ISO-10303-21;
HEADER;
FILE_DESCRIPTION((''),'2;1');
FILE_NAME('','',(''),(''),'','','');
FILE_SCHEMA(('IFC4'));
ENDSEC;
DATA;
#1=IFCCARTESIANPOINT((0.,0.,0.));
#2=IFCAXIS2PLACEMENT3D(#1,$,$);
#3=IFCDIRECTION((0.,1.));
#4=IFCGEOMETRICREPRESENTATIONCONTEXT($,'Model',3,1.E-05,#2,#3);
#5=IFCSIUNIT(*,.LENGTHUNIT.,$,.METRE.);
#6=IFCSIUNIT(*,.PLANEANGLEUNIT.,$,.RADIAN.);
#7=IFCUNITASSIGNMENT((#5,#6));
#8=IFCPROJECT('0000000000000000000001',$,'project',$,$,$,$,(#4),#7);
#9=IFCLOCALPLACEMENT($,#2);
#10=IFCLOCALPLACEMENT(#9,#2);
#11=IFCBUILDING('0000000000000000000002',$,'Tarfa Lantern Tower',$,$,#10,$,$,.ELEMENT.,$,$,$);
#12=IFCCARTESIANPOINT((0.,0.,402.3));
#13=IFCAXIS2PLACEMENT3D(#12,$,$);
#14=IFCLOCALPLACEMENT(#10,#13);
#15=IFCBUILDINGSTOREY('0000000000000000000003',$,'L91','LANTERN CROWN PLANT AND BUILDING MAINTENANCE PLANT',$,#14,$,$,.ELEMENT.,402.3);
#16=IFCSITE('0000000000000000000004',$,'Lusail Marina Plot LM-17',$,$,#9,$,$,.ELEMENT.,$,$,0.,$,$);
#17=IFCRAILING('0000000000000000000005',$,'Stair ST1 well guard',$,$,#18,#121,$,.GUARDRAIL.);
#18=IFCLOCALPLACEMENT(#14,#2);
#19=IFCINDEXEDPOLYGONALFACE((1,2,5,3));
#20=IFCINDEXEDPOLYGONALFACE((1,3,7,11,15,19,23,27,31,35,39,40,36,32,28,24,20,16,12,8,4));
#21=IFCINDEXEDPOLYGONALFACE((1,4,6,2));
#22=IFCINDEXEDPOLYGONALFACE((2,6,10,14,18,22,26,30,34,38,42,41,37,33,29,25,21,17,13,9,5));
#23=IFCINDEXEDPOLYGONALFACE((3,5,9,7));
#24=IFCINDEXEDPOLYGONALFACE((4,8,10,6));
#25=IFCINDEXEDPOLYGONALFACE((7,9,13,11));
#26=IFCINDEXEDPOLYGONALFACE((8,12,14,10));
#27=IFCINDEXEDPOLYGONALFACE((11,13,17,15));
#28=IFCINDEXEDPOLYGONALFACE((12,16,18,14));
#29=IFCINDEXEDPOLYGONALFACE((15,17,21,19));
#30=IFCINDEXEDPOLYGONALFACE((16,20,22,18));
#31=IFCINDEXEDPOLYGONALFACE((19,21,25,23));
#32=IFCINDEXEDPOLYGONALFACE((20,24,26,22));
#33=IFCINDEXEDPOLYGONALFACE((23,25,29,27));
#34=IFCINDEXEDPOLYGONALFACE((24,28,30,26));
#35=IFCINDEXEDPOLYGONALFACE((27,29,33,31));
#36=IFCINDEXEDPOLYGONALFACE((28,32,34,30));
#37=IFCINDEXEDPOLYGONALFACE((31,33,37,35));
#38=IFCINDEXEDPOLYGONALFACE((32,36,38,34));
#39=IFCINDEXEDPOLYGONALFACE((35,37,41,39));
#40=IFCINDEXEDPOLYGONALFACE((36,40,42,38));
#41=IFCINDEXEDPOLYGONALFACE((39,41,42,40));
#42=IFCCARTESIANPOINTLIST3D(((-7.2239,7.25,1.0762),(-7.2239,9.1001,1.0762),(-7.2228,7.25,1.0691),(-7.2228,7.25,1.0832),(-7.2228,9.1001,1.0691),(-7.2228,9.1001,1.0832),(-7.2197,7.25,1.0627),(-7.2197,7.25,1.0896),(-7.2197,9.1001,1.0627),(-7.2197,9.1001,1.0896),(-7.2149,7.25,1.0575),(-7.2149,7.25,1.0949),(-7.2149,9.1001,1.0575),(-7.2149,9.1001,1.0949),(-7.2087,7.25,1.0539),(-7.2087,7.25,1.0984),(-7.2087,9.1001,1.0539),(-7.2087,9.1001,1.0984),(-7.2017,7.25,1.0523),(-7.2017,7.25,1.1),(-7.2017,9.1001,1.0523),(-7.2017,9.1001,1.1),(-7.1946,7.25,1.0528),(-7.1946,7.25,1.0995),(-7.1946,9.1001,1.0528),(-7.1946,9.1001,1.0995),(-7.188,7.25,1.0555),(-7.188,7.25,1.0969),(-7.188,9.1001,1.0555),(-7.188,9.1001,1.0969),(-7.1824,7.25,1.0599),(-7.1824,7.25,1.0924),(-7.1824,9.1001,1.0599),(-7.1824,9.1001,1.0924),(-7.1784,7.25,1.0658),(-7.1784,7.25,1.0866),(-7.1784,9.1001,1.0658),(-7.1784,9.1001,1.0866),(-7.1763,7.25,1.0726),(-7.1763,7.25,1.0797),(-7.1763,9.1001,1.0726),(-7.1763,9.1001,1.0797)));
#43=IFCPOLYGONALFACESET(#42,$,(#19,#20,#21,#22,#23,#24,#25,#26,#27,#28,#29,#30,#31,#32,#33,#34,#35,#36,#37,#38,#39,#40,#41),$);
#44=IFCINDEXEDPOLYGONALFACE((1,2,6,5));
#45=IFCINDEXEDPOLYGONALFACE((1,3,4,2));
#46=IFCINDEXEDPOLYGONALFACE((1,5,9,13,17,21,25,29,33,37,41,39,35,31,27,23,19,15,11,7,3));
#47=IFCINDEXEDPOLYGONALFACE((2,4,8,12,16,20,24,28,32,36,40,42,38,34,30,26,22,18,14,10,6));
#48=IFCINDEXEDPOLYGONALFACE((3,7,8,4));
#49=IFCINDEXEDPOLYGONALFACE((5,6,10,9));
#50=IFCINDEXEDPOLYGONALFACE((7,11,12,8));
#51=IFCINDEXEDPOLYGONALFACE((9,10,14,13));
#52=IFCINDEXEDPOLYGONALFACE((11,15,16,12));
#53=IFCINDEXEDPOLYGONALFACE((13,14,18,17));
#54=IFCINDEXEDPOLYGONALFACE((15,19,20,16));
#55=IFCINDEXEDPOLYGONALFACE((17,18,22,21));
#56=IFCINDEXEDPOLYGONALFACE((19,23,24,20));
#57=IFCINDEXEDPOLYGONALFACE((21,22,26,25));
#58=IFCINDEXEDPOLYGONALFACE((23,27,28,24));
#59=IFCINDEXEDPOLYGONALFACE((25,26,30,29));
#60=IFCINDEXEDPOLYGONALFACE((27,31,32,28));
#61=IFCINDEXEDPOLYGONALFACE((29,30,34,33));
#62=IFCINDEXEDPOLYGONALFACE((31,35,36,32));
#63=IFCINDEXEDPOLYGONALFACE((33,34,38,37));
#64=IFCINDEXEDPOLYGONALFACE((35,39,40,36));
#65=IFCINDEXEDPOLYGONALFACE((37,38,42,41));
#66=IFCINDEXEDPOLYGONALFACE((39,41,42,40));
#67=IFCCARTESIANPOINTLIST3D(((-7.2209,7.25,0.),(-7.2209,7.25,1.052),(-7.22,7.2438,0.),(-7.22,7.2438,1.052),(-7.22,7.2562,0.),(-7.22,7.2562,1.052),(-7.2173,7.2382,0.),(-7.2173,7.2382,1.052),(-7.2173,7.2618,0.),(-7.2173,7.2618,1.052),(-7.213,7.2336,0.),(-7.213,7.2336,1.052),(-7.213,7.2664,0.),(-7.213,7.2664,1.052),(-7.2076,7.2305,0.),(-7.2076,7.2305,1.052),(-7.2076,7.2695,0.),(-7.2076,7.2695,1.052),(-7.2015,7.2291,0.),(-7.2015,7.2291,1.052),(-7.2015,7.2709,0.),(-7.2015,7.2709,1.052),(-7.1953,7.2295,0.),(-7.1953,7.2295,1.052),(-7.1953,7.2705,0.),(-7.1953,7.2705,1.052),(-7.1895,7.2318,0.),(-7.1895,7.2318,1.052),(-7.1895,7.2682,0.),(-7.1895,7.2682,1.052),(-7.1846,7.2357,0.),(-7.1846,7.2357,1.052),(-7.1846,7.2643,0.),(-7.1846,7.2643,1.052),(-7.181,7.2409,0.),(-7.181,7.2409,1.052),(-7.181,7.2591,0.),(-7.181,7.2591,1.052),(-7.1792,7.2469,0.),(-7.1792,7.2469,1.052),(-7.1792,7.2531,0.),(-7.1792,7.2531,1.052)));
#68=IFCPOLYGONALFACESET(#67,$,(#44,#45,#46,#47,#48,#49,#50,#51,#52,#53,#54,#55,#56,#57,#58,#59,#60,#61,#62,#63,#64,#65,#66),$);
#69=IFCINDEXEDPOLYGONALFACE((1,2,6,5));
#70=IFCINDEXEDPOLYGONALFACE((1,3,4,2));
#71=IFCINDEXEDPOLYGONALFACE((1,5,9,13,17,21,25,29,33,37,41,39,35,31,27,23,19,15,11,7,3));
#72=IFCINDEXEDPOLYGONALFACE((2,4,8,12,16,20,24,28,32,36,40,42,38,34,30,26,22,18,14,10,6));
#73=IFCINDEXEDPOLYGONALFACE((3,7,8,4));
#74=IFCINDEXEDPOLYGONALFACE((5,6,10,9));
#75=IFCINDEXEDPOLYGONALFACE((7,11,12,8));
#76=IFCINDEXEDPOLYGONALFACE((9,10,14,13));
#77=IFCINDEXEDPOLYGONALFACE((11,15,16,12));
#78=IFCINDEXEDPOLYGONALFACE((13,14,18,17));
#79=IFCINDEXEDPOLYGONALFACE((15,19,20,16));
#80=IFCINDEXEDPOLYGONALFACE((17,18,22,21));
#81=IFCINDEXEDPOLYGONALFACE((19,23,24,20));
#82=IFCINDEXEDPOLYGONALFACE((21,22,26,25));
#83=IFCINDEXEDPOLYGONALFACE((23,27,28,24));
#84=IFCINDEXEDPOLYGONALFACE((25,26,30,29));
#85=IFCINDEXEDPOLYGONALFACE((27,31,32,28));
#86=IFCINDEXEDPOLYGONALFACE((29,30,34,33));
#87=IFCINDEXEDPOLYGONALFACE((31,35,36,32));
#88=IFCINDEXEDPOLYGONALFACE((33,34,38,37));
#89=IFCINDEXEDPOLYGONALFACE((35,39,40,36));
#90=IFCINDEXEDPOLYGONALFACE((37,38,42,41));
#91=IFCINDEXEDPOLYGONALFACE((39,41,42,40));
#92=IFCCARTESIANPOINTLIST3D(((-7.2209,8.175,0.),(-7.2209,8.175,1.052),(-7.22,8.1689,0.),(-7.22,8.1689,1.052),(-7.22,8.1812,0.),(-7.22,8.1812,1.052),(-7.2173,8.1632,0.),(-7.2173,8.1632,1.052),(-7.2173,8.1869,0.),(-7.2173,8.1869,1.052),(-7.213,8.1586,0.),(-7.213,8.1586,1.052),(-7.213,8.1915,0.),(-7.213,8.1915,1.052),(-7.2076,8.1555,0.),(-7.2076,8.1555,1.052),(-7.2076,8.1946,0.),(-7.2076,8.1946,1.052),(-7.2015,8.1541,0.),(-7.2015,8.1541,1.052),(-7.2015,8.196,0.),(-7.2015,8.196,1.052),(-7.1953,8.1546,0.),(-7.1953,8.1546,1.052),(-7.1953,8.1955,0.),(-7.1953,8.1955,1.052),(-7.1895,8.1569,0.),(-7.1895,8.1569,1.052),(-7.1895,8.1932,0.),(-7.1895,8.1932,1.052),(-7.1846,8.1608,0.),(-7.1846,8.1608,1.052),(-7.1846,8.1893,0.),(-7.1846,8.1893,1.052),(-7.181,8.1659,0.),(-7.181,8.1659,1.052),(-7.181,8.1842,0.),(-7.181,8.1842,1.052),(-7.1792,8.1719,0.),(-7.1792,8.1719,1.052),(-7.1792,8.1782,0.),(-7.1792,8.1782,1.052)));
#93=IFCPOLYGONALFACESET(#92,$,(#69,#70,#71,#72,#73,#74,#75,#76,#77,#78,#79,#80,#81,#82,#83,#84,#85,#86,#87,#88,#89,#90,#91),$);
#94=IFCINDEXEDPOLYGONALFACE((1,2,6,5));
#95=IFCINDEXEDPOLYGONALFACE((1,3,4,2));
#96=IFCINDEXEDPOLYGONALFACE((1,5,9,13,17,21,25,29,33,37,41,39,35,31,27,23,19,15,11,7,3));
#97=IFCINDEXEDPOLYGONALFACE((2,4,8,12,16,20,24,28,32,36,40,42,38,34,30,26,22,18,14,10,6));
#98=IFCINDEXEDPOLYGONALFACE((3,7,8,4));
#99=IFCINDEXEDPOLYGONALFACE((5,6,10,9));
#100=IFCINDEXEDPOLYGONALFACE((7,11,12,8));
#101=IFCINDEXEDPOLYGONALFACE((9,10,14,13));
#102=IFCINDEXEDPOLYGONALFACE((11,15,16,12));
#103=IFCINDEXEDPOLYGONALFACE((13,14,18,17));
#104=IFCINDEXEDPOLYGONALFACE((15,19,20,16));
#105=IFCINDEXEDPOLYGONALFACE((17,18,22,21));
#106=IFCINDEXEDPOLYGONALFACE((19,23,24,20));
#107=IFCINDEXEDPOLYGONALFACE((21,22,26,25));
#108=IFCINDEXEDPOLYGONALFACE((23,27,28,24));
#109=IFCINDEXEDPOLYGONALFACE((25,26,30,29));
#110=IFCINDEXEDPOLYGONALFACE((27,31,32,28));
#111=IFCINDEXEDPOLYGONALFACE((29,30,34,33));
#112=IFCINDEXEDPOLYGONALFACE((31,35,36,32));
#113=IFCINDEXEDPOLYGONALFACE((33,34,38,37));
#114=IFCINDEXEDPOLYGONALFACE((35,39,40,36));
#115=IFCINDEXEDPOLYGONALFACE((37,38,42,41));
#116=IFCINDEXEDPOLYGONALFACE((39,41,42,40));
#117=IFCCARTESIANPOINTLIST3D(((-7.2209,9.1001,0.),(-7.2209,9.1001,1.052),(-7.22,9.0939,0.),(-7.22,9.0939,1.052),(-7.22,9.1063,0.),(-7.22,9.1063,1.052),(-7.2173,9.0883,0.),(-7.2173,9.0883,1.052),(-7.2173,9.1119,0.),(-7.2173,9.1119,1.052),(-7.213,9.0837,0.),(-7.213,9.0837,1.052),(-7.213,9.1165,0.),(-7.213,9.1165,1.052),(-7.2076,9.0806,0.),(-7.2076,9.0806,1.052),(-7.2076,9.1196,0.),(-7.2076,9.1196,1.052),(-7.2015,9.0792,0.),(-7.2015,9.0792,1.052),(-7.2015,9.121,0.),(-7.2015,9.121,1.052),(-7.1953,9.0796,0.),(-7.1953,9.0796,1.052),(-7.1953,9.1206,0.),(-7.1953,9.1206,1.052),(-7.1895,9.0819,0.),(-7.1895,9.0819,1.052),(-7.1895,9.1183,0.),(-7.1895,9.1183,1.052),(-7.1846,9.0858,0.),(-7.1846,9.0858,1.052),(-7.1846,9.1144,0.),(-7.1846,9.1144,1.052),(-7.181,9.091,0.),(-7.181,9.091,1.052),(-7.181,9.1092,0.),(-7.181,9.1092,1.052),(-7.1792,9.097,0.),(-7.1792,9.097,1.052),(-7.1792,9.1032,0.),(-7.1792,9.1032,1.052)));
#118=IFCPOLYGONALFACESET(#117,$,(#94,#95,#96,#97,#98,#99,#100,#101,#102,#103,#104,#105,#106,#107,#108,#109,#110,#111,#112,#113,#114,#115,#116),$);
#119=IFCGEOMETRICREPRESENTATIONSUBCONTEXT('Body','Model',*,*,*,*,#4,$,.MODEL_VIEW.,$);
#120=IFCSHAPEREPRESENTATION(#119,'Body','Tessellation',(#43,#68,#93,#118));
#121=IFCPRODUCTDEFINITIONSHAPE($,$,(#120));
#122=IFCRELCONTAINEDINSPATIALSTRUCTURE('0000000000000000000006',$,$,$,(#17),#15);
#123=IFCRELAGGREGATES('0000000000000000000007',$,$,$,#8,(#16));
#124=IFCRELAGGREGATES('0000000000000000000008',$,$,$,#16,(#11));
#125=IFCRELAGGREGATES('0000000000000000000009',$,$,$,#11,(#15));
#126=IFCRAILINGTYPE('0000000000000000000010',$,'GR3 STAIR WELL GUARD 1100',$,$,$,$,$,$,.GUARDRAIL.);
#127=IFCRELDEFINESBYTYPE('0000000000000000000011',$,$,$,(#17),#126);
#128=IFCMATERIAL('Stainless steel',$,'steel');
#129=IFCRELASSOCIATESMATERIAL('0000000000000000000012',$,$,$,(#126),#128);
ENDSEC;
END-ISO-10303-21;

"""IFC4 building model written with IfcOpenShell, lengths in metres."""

from ifc_helpers import new_model, si_unit, direction, frame, origin, origin_2d, place, context, subcontext, project, spatial, circle, extrude, material, type_object, element, save


model = new_model("IFC4")

# Units and contexts
model_context = context("Model", 3, precision=1e-05, world=origin(), true_north=direction((0.0, 1.0)))
body_context = subcontext(model_context, "Body", "Model", "MODEL_VIEW")
ifc_project = project(units=[si_unit("LENGTHUNIT", "METRE"), si_unit("PLANEANGLEUNIT", "RADIAN")], contexts=[model_context])

# Site, building, storey
site_placement = place(None, origin())
site = spatial("IfcSite", under=ifc_project, at=site_placement, Name="Lusail Marina Plot LM-17", CompositionType="ELEMENT", RefElevation=0.0)
building_placement = place(site_placement, origin())
building = spatial("IfcBuilding", under=site, at=building_placement, Name="Tarfa Lantern Tower", CompositionType="ELEMENT")
storey_placement = place(building_placement, frame((0.0, 0.0, 402.3)))
storey = spatial("IfcBuildingStorey", under=building, at=storey_placement, Name="L91", Description="LANTERN CROWN PLANT AND BUILDING MAINTENANCE PLANT", CompositionType="ELEMENT", Elevation=402.3)

# Railing
ifc_material_1 = material(Name="Stainless steel", Category="steel")
railing_type = type_object("IfcRailingType", Name="GR3 STAIR WELL GUARD 1100", PredefinedType="GUARDRAIL", material=ifc_material_1)
railing_placement = place(storey_placement, frame((-7.2, 7.25, 0.0)))
element("IfcRailing", 1, at=railing_placement, inside=storey, type_object=railing_type, Name="Stair ST1 well guard", PredefinedType="GUARDRAIL", context=body_context, shape_type="SweptSolid", body=[
    extrude(circle(Radius=0.0239, at=origin_2d()), frame((0.0, 0.0, 1.0762), z_axis=(0.0, 1.0, 0.0), x_axis=(-1.0, 0.0, 0.0)), (0.0, 0.0, 1.0), 1.8501),
    extrude(circle(Radius=0.021, at=origin_2d()), frame((0.0, 0.0, 0.0), z_axis=(0.0, 0.0, 1.0), x_axis=(-1.0, 0.0, 0.0)), (0.0, 0.0, 1.0), 1.052),
    extrude(circle(Radius=0.021, at=origin_2d()), frame((0.0, 0.925, 0.0), z_axis=(0.0, 0.0, 1.0), x_axis=(-1.0, 0.0, 0.0)), (0.0, 0.0, 1.0), 1.052),
    extrude(circle(Radius=0.021, at=origin_2d()), frame((0.0, 1.8501, 0.0), z_axis=(0.0, 0.0, 1.0), x_axis=(-1.0, 0.0, 0.0)), (0.0, 0.0, 1.0), 1.052),
])

save(model, "model.ifc")
